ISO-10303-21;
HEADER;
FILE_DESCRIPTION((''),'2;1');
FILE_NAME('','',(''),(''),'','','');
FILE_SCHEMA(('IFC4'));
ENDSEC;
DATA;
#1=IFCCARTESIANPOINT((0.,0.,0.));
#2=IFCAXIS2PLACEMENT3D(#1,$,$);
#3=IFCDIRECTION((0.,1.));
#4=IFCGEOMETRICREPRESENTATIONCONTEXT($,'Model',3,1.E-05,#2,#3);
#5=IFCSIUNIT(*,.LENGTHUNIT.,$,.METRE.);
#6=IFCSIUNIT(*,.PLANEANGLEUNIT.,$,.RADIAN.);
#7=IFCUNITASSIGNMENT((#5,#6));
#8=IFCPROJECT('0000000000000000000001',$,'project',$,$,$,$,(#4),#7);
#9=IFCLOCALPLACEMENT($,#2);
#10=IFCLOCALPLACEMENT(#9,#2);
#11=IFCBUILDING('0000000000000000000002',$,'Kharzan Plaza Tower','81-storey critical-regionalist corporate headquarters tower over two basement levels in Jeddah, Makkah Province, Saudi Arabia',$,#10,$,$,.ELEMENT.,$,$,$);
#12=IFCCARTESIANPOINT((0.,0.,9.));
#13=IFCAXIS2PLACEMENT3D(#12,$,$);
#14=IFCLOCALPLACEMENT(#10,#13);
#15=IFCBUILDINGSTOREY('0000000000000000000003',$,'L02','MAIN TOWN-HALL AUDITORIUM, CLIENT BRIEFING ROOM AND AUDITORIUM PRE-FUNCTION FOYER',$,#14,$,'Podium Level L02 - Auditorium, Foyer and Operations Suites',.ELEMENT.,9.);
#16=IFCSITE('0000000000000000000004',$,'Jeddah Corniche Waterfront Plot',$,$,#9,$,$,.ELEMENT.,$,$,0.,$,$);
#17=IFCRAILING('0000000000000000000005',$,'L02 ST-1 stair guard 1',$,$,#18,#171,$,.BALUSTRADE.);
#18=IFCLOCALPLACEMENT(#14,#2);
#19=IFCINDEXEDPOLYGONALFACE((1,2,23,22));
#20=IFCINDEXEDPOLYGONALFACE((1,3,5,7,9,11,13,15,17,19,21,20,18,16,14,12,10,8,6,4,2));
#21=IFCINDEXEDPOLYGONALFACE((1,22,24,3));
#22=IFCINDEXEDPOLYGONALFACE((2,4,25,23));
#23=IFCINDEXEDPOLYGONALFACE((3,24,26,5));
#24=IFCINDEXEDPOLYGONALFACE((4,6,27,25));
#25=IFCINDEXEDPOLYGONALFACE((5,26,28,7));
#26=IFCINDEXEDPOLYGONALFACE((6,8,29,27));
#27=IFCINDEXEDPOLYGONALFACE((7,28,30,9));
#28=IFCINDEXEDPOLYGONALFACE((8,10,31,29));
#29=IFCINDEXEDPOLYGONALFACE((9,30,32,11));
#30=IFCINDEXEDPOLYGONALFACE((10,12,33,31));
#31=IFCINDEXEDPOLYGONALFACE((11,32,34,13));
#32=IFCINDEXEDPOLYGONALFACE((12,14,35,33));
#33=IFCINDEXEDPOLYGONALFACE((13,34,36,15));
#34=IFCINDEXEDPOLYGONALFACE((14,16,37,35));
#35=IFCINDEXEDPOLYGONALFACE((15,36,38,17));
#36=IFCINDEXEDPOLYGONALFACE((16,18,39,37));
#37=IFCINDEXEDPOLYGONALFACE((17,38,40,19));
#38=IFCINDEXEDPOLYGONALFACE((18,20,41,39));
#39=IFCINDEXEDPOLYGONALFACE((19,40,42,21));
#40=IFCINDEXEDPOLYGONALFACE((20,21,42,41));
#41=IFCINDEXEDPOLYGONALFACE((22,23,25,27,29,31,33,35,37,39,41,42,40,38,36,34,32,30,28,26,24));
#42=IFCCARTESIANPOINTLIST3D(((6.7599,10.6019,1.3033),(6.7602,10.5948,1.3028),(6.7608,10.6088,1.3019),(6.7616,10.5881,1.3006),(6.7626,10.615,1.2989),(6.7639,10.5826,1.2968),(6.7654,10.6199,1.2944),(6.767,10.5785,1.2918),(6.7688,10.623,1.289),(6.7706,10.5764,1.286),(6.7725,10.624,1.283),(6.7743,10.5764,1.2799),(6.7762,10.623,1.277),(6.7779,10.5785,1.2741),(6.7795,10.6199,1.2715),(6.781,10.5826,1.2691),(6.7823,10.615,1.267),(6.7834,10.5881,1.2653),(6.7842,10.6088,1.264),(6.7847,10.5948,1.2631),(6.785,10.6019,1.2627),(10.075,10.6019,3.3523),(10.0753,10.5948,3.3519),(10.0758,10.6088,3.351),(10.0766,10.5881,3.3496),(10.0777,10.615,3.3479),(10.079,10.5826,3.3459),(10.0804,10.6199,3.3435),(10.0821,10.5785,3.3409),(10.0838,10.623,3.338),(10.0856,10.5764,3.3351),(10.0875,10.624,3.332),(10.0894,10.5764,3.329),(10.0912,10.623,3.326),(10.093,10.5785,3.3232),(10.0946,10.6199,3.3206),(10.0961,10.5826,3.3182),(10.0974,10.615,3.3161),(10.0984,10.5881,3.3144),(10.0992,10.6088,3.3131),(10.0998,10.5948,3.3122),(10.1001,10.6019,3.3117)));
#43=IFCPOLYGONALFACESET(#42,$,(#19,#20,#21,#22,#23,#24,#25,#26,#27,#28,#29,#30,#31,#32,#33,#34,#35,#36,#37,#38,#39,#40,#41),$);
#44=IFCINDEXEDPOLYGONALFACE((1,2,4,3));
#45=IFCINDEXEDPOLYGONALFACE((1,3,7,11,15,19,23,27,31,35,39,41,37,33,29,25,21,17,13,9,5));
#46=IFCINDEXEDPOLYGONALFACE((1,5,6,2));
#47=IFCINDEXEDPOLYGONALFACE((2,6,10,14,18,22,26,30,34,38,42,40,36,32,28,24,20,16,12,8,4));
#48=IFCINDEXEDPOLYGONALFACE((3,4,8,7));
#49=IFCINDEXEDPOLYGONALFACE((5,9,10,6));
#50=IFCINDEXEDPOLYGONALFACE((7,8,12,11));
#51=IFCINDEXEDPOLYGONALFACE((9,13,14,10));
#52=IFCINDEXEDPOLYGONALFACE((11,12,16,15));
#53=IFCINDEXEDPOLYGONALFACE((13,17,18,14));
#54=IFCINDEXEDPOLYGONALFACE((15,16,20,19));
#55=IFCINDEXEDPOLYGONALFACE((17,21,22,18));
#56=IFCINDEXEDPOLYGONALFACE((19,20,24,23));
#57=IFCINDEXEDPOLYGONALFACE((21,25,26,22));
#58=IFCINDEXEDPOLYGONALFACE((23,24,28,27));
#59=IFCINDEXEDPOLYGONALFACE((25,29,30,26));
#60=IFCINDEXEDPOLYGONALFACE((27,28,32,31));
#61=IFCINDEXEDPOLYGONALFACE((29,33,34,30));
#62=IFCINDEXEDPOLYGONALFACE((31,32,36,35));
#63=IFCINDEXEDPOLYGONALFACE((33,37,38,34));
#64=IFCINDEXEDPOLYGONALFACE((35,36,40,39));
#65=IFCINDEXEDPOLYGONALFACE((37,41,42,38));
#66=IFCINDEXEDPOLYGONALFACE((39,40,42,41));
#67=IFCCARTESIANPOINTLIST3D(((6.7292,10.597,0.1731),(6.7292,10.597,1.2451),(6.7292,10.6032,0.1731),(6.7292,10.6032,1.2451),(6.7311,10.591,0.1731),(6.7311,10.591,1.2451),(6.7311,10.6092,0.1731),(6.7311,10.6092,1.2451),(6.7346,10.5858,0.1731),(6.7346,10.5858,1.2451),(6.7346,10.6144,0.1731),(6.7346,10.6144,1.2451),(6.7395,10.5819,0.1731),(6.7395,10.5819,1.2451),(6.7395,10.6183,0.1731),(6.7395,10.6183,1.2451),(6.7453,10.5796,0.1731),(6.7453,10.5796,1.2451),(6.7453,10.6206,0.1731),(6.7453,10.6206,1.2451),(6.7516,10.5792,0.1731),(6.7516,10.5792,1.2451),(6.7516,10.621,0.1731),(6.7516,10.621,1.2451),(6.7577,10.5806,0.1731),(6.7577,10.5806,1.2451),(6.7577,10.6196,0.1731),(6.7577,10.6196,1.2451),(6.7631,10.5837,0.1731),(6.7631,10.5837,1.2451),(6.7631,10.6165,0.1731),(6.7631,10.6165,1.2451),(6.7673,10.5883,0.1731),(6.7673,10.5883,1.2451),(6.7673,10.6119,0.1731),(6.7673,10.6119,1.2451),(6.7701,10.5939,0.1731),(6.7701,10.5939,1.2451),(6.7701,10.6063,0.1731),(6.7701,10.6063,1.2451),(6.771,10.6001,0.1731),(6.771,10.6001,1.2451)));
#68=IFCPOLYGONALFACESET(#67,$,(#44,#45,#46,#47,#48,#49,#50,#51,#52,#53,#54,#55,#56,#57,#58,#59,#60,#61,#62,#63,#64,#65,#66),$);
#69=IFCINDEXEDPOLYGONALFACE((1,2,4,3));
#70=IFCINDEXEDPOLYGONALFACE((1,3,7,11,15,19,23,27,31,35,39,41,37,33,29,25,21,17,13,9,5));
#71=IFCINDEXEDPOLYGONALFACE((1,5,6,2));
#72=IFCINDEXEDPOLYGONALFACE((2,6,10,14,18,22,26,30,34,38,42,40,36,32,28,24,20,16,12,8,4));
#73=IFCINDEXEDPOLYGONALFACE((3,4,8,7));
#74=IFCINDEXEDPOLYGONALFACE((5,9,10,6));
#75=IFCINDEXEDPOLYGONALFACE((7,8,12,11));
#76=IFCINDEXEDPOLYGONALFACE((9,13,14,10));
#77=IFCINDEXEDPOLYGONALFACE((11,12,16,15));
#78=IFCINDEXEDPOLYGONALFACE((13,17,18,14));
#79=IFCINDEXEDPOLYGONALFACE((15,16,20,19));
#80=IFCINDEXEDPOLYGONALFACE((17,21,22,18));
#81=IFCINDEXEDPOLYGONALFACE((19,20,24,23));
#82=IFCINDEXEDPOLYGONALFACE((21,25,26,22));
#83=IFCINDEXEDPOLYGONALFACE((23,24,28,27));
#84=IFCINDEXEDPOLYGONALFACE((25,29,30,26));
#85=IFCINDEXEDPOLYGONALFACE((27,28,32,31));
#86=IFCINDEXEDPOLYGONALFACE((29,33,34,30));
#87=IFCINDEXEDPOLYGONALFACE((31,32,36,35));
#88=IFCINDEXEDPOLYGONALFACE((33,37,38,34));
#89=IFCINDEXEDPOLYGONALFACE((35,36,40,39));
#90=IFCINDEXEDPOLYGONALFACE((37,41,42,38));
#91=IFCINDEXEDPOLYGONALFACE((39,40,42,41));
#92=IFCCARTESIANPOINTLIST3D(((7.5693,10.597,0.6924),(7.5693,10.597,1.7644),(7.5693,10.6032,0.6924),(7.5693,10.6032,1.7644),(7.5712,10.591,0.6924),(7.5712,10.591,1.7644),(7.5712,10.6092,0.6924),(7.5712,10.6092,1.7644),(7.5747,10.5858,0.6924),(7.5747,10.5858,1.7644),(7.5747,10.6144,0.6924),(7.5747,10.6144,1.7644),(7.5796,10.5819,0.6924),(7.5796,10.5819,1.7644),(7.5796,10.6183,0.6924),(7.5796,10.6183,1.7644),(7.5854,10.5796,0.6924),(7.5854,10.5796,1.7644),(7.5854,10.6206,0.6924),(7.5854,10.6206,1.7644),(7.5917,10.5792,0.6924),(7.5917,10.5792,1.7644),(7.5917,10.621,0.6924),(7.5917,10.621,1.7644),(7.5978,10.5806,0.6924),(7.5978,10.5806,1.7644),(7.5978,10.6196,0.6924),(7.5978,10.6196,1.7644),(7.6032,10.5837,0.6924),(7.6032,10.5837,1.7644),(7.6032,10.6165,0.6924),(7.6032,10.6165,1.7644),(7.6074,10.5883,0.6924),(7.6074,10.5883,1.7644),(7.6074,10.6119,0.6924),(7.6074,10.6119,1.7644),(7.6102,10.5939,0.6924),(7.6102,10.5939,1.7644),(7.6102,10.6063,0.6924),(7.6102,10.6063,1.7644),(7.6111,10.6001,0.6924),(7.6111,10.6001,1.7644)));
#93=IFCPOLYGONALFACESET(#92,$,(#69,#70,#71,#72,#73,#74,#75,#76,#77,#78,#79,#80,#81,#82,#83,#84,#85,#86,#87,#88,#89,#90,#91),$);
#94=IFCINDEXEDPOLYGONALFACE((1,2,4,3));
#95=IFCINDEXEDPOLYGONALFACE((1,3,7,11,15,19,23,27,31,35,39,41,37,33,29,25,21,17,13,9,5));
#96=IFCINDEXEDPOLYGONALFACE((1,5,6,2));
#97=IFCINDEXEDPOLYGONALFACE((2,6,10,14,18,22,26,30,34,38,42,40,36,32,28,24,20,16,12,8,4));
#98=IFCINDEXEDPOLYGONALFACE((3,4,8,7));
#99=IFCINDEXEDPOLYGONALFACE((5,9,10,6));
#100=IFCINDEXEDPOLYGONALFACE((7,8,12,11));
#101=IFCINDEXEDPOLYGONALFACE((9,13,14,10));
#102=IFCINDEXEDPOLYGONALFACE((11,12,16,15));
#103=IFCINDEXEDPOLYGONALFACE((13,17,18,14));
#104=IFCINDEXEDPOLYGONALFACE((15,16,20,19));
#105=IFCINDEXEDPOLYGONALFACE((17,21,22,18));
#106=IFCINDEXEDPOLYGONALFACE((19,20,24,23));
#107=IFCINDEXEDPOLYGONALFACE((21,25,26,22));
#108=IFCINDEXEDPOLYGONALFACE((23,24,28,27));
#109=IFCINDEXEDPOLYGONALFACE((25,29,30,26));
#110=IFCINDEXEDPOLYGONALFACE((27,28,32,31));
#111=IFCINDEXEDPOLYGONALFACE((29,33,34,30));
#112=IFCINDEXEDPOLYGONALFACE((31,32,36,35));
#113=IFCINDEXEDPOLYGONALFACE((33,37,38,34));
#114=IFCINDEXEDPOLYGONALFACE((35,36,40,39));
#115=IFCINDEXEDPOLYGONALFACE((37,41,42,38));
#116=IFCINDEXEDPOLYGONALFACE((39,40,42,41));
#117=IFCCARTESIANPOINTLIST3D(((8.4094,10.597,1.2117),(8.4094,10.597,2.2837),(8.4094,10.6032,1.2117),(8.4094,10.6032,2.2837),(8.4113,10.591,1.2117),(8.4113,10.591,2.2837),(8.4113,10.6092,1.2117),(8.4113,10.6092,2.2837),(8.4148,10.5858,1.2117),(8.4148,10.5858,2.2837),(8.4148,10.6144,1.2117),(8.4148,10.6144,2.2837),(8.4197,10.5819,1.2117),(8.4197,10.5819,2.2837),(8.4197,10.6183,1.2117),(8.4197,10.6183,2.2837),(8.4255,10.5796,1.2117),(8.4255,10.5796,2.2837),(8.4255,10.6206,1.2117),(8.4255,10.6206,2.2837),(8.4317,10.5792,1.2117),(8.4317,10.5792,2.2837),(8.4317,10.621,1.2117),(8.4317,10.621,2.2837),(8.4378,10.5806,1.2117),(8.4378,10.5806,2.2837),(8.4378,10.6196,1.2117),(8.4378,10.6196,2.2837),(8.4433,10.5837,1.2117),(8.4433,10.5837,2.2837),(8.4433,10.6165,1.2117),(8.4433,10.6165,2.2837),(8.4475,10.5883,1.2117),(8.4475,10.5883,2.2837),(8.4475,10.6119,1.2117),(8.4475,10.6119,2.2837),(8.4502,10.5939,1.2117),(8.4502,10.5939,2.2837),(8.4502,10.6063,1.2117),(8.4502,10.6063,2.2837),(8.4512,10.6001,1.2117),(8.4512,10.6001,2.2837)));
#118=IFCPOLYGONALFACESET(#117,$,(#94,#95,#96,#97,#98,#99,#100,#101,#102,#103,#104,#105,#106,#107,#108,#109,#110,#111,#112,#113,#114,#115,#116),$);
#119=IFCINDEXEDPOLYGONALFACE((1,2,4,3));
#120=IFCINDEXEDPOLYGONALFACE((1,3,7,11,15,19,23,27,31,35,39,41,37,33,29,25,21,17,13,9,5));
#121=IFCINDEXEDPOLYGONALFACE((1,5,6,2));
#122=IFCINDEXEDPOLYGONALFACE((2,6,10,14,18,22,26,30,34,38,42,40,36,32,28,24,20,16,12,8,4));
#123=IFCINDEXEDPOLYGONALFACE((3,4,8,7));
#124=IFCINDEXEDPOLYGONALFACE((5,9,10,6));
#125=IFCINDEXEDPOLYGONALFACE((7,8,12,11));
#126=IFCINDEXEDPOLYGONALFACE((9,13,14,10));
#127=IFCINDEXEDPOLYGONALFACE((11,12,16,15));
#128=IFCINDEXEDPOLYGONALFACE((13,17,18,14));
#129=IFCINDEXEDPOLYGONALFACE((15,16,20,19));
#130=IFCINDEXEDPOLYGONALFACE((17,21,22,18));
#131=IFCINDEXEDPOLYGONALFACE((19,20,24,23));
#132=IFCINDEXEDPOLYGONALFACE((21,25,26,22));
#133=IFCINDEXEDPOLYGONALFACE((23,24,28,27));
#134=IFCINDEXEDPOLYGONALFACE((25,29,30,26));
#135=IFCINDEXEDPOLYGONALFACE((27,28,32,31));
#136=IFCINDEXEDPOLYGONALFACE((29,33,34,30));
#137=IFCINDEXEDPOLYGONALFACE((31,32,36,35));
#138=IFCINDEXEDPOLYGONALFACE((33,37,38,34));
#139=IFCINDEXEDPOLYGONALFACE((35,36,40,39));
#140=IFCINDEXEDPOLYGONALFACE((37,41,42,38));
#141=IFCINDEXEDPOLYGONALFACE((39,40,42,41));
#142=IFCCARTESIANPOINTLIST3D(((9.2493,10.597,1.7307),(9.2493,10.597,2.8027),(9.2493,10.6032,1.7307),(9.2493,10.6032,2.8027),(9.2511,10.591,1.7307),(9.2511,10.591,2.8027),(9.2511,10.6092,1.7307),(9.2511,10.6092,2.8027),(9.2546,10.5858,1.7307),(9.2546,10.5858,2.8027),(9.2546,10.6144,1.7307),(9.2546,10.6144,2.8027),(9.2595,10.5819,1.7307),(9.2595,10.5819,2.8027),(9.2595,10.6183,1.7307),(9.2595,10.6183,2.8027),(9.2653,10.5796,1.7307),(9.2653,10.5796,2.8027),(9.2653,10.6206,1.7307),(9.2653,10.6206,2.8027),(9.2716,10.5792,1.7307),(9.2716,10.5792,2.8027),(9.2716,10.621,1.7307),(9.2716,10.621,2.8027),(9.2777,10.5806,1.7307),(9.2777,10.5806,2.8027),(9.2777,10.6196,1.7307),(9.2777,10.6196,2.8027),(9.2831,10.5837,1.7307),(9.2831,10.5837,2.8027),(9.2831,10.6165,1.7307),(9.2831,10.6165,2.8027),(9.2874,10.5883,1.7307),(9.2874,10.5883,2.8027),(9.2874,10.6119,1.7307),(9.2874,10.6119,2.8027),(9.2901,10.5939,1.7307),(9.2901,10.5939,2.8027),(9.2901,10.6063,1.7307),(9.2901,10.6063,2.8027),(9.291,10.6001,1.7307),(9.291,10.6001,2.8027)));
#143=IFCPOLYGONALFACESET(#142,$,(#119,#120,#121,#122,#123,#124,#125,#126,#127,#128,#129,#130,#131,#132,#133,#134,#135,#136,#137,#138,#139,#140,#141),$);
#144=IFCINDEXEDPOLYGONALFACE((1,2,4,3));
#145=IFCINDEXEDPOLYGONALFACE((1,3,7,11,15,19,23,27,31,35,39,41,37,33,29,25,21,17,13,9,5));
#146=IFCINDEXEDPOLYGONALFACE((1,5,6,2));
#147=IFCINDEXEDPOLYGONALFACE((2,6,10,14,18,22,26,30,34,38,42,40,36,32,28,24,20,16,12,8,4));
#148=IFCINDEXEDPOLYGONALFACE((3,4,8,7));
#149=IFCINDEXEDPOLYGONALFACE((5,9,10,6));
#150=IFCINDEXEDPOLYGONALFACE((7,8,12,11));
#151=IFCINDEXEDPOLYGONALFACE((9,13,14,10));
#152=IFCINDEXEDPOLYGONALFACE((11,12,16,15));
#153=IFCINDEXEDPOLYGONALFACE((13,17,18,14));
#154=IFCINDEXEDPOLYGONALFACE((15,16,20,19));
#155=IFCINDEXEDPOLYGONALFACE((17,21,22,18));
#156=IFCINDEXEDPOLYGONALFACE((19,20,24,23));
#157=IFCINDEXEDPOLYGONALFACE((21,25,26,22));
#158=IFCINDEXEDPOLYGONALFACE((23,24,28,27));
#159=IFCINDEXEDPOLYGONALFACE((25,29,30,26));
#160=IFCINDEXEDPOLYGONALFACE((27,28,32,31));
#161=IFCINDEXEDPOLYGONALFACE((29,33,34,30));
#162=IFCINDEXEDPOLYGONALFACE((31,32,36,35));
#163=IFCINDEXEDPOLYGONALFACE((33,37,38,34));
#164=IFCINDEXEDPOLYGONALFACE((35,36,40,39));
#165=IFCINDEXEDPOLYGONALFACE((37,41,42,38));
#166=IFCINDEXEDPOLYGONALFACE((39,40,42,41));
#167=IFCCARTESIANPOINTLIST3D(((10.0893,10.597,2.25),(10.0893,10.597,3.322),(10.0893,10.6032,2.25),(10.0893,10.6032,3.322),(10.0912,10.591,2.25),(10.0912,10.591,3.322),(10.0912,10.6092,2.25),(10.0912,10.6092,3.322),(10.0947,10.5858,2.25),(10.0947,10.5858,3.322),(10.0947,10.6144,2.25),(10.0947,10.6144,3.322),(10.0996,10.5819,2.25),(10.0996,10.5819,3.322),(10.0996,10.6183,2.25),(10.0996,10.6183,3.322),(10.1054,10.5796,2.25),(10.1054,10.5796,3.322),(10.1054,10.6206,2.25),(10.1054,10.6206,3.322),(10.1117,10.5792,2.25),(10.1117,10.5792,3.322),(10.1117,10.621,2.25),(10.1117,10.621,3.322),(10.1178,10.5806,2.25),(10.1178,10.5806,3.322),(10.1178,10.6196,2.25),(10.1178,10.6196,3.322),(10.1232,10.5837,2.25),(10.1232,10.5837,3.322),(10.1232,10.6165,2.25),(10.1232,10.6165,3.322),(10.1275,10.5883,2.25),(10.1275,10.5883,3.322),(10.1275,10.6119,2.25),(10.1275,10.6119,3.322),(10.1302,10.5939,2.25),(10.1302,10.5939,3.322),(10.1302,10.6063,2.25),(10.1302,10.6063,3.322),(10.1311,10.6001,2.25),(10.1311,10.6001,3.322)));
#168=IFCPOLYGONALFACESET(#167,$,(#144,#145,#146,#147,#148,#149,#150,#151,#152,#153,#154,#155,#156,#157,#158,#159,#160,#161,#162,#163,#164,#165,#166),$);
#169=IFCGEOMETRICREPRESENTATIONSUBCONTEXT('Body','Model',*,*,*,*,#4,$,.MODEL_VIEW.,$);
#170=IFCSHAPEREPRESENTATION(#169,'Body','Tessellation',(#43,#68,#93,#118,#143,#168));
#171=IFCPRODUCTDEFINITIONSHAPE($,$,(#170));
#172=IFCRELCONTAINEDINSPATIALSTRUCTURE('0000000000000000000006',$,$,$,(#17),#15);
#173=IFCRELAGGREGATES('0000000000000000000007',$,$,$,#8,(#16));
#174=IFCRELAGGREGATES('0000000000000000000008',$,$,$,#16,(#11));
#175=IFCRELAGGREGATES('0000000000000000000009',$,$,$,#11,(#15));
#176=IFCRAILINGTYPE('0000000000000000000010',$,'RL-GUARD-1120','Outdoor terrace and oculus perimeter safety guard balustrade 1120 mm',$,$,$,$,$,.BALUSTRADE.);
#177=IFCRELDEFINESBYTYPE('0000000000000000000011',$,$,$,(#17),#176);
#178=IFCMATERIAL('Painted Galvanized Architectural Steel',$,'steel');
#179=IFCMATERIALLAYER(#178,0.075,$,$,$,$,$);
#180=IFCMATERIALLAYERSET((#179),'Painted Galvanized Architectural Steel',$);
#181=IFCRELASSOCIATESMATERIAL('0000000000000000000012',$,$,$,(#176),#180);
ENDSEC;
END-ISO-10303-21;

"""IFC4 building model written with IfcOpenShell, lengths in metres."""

from ifc_helpers import new_model, si_unit, direction, frame, origin, origin_2d, place, context, subcontext, project, spatial, circle, extrude, source, transform, mapped, material, layer, layer_set, type_object, element, save


model = new_model("IFC4")

# Units and contexts
model_context = context("Model", 3, precision=1e-05, world=origin(), true_north=direction((0.0, 1.0)))
body_context = subcontext(model_context, "Body", "Model", "MODEL_VIEW")
ifc_project = project(units=[si_unit("LENGTHUNIT", "METRE"), si_unit("PLANEANGLEUNIT", "RADIAN")], contexts=[model_context])

# Site, building, storey
site_placement = place(None, origin())
site = spatial("IfcSite", under=ifc_project, at=site_placement, Name="Jeddah Corniche Waterfront Plot", CompositionType="ELEMENT", RefElevation=0.0)
building_placement = place(site_placement, origin())
building = spatial("IfcBuilding", under=site, at=building_placement, Name="Kharzan Plaza Tower", Description="81-storey critical-regionalist corporate headquarters tower over two basement levels in Jeddah, Makkah Province, Saudi Arabia", CompositionType="ELEMENT")
storey_placement = place(building_placement, frame((0.0, 0.0, 9.0)))
storey = spatial("IfcBuildingStorey", under=building, at=storey_placement, Name="L02", Description="MAIN TOWN-HALL AUDITORIUM, CLIENT BRIEFING ROOM AND AUDITORIUM PRE-FUNCTION FOYER", LongName="Podium Level L02 - Auditorium, Foyer and Operations Suites", CompositionType="ELEMENT", Elevation=9.0)

# Railing
ifc_material_1 = material(Name="Painted Galvanized Architectural Steel", Category="steel")
ifc_layer_1 = layer(ifc_material_1, 0.075)
ifc_layer_set_1 = layer_set([ifc_layer_1], Name="Painted Galvanized Architectural Steel")
railing_type_1 = type_object("IfcRailingType", Name="RL-GUARD-1120", Description="Outdoor terrace and oculus perimeter safety guard balustrade 1120 mm", PredefinedType="BALUSTRADE", material=ifc_layer_set_1)
shared_shape_1 = source(origin(), body_context, "Body", "SweptSolid", [
    extrude(circle(Radius=0.0239, at=origin_2d()), frame((0.0225, 0.0, 1.1099), z_axis=(0.850623, 0.0, 0.525776), x_axis=(0.0, 1.0, 0.0)), (0.0, 0.0, 1.0), 3.8972),
    extrude(circle(Radius=0.021, at=origin_2d()), origin(), (0.0, 0.0, 1.0), 1.072),
    extrude(circle(Radius=0.021, at=origin_2d()), frame((0.8401, 0.0, 0.5193)), (0.0, 0.0, 1.0), 1.072),
    extrude(circle(Radius=0.021, at=origin_2d()), frame((1.6802, 0.0, 1.0386)), (0.0, 0.0, 1.0), 1.072),
    extrude(circle(Radius=0.021, at=origin_2d()), frame((2.52, 0.0, 1.5576)), (0.0, 0.0, 1.0), 1.072),
    extrude(circle(Radius=0.021, at=origin_2d()), frame((3.3601, 0.0, 2.0769)), (0.0, 0.0, 1.0), 1.072),
])
railing_1_placement = place(storey_placement, frame((6.75, 10.6001, 0.1731)))
element("IfcRailing", 1, at=railing_1_placement, inside=storey, type_object=railing_type_1, Name="L02 ST-1 stair guard 1", PredefinedType="BALUSTRADE", context=body_context, shape_type="MappedRepresentation", body=[
    mapped(shared_shape_1, transform((0.0, 0.0, 0.0), x_axis=(1.0, 0.0, 0.0), y_axis=(0.0, 1.0, 0.0), z_axis=(0.0, 0.0, 1.0))),
])

save(model, "model.ifc")
